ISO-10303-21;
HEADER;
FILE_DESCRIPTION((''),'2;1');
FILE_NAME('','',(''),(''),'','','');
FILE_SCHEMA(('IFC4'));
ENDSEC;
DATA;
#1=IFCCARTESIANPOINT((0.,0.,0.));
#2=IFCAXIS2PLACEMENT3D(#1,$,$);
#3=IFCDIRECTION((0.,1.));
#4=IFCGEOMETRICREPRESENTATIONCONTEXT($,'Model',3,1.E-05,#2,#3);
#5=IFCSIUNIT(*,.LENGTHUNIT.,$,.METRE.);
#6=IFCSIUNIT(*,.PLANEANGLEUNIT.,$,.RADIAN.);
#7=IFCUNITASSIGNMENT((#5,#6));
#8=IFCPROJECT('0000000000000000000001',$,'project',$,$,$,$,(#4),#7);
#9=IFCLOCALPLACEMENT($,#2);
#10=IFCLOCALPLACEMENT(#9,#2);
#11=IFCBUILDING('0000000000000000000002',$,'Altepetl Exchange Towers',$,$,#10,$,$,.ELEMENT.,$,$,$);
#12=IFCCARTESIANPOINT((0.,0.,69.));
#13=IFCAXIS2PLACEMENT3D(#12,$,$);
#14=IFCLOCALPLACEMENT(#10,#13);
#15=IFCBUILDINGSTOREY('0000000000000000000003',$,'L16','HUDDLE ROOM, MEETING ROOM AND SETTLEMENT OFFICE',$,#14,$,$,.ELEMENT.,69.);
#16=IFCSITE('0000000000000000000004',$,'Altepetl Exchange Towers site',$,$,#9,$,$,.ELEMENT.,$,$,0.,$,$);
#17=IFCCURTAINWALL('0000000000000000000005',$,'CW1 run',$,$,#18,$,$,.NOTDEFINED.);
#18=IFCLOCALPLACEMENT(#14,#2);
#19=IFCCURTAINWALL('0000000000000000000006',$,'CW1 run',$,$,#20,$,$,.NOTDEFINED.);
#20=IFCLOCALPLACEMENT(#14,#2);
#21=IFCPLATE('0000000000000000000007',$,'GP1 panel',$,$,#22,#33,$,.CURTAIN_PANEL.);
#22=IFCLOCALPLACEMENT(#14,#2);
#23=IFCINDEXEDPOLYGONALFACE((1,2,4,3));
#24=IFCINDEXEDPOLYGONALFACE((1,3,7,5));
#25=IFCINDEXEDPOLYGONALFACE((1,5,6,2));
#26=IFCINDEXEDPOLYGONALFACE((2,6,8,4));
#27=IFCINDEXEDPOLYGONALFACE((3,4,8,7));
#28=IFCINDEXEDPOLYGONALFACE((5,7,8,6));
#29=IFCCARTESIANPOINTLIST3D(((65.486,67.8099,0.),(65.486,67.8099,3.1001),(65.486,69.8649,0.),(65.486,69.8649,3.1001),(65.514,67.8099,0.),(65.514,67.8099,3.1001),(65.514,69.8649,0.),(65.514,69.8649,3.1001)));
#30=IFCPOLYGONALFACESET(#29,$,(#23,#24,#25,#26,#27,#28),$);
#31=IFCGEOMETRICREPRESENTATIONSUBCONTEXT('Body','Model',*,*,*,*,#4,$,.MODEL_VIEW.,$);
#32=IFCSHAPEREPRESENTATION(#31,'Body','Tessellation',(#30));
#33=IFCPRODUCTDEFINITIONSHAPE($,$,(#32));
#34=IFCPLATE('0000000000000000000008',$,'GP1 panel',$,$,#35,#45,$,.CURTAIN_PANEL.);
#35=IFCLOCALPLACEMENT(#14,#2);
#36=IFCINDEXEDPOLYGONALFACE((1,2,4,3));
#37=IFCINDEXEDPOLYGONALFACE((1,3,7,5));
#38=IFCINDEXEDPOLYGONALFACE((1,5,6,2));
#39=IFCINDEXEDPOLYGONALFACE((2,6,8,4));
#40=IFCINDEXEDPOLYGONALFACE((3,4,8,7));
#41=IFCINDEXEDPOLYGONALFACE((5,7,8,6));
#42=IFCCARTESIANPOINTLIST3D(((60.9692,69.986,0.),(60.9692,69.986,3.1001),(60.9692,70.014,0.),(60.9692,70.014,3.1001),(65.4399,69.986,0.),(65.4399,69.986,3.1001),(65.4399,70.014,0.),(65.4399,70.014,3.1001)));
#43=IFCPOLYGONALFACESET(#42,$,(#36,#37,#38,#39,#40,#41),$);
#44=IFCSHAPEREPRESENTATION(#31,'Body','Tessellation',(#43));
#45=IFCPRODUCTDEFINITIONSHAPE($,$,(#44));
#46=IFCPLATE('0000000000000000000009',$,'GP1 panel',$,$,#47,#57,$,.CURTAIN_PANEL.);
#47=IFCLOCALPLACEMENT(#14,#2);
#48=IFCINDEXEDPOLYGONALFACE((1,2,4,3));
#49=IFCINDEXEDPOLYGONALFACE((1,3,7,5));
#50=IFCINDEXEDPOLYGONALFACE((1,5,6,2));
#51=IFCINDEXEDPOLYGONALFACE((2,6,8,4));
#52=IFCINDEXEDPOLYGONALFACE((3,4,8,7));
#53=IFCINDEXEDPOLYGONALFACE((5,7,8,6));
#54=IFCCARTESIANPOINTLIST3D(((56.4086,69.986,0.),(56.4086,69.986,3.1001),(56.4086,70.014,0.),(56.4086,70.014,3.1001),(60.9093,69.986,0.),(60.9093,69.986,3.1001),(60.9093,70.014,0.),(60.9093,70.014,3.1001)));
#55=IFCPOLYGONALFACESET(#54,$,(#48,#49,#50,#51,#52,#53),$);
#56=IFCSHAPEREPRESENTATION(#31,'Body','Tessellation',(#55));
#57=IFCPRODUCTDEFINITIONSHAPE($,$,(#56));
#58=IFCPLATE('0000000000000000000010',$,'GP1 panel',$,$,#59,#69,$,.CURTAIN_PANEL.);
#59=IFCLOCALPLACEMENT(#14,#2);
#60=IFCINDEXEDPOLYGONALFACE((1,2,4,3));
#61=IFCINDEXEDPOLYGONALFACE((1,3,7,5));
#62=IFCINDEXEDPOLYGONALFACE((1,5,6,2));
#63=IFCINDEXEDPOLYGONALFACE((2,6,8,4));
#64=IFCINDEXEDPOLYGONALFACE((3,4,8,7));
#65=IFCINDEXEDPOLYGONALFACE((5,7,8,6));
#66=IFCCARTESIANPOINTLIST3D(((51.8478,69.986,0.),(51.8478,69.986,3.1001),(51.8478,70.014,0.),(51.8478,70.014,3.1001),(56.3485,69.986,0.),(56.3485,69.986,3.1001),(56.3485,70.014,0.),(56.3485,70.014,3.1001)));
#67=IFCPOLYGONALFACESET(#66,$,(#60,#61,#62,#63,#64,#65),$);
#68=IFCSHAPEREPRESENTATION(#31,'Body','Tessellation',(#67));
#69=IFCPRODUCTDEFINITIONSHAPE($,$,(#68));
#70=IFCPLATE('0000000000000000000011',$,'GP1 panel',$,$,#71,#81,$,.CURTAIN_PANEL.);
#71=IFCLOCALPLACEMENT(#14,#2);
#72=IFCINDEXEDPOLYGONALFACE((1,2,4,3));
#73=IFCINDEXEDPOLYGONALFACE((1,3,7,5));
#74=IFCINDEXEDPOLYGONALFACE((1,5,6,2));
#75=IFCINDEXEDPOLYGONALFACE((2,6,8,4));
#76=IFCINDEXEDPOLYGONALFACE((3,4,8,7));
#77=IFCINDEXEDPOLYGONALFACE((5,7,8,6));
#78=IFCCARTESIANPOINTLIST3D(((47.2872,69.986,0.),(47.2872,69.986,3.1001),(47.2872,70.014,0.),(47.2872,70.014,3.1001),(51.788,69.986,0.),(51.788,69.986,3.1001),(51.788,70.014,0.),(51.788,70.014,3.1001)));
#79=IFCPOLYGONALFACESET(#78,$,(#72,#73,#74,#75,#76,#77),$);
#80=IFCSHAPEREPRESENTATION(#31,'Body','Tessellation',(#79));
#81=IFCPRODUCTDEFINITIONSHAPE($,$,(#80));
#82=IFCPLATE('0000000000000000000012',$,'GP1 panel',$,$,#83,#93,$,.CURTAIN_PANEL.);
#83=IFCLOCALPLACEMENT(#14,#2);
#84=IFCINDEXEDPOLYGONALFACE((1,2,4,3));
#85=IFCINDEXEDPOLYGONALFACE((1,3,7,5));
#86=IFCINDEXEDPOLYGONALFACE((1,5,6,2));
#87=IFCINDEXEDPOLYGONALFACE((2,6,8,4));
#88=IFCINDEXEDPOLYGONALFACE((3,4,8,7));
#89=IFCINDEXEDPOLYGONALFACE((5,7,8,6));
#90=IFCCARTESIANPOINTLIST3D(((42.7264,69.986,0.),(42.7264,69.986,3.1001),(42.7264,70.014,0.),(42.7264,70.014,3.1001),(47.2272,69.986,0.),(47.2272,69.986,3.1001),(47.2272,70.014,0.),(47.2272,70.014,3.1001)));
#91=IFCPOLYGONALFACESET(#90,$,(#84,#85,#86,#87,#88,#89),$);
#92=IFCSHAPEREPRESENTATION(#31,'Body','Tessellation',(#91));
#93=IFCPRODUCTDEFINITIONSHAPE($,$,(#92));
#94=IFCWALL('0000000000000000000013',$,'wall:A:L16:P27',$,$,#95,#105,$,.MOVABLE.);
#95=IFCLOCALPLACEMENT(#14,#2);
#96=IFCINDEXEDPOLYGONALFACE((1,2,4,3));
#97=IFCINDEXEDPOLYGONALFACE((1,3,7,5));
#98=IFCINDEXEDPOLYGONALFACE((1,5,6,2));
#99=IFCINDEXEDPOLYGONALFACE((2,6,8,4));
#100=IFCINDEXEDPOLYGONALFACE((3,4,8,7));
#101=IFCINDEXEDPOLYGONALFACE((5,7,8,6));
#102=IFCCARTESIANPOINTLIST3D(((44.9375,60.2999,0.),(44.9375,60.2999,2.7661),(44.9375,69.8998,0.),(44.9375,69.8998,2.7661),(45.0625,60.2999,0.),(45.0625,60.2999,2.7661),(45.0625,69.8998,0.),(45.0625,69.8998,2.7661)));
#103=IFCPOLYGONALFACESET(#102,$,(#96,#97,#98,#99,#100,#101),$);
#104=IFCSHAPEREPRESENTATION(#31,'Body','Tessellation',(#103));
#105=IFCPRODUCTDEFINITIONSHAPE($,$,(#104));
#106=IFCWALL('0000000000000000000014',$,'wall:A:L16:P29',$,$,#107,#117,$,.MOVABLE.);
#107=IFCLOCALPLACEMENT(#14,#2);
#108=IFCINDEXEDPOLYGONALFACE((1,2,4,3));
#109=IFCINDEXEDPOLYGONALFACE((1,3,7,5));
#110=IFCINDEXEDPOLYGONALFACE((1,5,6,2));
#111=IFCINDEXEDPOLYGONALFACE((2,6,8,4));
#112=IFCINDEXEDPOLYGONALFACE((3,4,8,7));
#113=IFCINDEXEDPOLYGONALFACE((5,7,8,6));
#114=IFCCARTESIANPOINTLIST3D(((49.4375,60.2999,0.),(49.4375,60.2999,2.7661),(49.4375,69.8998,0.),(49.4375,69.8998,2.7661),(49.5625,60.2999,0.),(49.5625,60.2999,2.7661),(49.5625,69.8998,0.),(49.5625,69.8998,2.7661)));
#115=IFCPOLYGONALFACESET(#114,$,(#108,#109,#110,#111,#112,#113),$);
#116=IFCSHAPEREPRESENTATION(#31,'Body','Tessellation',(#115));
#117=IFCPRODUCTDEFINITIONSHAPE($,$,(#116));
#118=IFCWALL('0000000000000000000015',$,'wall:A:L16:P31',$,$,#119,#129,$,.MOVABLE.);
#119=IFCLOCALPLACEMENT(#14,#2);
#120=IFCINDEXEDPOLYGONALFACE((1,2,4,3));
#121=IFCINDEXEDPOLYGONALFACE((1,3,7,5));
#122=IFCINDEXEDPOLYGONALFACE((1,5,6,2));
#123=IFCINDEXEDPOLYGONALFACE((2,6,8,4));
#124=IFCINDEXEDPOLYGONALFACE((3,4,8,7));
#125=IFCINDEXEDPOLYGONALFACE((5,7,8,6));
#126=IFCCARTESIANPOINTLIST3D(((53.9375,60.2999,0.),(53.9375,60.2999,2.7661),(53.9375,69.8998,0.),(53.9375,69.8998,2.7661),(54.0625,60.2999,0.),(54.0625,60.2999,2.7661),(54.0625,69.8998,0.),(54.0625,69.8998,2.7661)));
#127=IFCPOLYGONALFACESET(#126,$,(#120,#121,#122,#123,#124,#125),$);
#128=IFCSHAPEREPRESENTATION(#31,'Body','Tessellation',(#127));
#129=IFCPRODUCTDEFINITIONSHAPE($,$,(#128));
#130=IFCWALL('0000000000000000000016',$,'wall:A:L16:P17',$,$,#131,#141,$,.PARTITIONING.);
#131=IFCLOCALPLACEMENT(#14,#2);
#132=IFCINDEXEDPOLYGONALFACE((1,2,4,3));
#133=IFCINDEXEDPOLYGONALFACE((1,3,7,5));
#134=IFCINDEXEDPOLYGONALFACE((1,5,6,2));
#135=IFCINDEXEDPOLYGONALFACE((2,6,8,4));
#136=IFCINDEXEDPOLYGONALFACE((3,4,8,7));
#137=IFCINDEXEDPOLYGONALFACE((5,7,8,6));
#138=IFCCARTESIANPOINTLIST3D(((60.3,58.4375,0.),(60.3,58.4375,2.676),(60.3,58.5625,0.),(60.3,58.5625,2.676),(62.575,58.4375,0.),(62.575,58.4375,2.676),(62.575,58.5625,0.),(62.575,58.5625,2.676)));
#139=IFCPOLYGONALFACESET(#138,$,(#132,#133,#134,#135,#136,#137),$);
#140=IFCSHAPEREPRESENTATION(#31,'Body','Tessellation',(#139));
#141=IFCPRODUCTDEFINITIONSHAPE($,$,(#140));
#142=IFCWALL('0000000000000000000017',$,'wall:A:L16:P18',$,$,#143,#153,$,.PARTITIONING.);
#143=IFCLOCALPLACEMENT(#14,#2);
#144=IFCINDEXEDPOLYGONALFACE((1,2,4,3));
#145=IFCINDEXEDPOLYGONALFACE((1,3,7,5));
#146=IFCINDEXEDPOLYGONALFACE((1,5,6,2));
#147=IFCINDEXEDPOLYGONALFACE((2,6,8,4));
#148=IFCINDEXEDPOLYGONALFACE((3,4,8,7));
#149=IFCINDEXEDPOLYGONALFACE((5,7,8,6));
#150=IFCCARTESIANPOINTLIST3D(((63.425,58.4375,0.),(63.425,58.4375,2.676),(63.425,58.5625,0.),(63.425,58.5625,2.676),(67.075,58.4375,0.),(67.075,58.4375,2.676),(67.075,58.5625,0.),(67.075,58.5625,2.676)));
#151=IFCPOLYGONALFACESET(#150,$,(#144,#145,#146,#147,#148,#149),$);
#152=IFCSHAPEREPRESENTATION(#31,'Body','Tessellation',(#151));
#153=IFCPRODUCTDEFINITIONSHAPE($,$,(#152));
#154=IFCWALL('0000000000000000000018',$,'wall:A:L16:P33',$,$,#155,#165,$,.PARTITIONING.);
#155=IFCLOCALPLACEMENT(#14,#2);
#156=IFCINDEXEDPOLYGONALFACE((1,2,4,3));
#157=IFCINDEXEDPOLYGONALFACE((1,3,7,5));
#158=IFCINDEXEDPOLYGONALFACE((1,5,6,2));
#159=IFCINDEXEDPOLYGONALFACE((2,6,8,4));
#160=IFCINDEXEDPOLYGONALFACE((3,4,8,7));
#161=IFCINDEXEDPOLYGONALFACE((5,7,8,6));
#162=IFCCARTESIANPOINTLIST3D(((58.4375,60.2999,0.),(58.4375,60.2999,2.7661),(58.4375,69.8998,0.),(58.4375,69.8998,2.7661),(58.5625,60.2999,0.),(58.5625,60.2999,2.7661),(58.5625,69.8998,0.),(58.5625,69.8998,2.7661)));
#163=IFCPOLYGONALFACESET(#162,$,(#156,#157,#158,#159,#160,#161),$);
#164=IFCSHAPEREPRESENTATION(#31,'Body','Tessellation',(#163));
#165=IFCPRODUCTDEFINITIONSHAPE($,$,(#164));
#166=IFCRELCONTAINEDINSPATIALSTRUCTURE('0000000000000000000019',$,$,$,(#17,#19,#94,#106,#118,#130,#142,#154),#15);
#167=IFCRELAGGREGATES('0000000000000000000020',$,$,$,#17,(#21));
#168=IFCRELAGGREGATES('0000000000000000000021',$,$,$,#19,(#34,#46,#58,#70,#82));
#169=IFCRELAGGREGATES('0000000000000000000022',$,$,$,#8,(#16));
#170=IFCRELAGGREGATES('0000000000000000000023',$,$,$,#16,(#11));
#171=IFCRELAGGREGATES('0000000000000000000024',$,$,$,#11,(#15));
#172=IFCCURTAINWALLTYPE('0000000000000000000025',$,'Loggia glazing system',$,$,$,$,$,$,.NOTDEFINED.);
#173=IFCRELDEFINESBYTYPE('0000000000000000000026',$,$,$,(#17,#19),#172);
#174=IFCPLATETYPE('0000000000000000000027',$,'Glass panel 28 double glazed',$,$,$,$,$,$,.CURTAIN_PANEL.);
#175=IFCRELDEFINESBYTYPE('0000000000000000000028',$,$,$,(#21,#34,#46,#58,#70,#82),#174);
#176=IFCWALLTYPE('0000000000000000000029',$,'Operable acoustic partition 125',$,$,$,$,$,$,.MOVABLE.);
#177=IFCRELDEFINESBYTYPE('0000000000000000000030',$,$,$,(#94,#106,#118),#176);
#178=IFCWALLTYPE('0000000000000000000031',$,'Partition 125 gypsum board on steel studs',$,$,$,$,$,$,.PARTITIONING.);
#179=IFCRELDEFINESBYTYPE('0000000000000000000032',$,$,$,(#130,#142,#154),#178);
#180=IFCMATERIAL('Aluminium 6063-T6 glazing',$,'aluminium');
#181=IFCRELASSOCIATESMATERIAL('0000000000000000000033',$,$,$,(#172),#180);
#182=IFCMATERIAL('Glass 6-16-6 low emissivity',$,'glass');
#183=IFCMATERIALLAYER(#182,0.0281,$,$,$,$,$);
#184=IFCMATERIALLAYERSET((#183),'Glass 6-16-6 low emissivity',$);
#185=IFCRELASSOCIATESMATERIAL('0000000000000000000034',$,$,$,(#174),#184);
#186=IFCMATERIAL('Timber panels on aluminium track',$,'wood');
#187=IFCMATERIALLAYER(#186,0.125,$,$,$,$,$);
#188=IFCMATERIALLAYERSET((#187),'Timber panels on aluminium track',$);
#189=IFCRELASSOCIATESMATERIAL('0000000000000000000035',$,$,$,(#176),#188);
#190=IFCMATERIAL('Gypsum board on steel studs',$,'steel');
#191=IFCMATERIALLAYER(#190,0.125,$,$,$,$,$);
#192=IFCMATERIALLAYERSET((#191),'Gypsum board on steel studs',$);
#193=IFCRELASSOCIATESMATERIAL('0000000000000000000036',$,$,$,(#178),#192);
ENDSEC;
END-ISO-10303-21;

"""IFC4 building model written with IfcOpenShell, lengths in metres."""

from ifc_helpers import new_model, si_unit, direction, frame, frame_2d, origin, origin_2d, place, context, subcontext, project, spatial, rectangle, extrude, material, layer, layer_set, type_object, element, aggregate, save


model = new_model("IFC4")

# Units and contexts
model_context = context("Model", 3, precision=1e-05, world=origin(), true_north=direction((0.0, 1.0)))
body_context = subcontext(model_context, "Body", "Model", "MODEL_VIEW")
ifc_project = project(units=[si_unit("LENGTHUNIT", "METRE"), si_unit("PLANEANGLEUNIT", "RADIAN")], contexts=[model_context])

# Site, building, storey
site_placement = place(None, origin())
site = spatial("IfcSite", under=ifc_project, at=site_placement, Name="Altepetl Exchange Towers site", CompositionType="ELEMENT", RefElevation=0.0)
building_placement = place(site_placement, origin())
building = spatial("IfcBuilding", under=site, at=building_placement, Name="Altepetl Exchange Towers", CompositionType="ELEMENT")
storey_placement = place(building_placement, frame((0.0, 0.0, 69.0)))
storey = spatial("IfcBuildingStorey", under=building, at=storey_placement, Name="L16", Description="HUDDLE ROOM, MEETING ROOM AND SETTLEMENT OFFICE", CompositionType="ELEMENT", Elevation=69.0)

# Shared definitions
ifc_material_1 = material(Name="Aluminium 6063-T6 glazing", Category="aluminium")
curtain_wall_type = type_object("IfcCurtainWallType", Name="Loggia glazing system", PredefinedType="NOTDEFINED", material=ifc_material_1)

# Curtain walls
curtain_wall_1_placement = place(storey_placement, origin())
curtain_wall_1 = element("IfcCurtainWall", 1, at=curtain_wall_1_placement, inside=storey, type_object=curtain_wall_type, Name="CW1 run", PredefinedType="NOTDEFINED")
curtain_wall_2_placement = place(storey_placement, origin())
curtain_wall_2 = element("IfcCurtainWall", 2, at=curtain_wall_2_placement, inside=storey, type_object=curtain_wall_type, Name="CW1 run", PredefinedType="NOTDEFINED")

# Plates
ifc_material_2 = material(Name="Glass 6-16-6 low emissivity", Category="glass")
ifc_layer_1 = layer(ifc_material_2, 0.0281)
ifc_layer_set_1 = layer_set([ifc_layer_1], Name="Glass 6-16-6 low emissivity")
plate_type = type_object("IfcPlateType", Name="Glass panel 28 double glazed", PredefinedType="CURTAIN_PANEL", material=ifc_layer_set_1)
plate_1_placement = place(storey_placement, frame((65.5, 68.8374, 0.0), z_axis=(0.0, 0.0, 1.0), x_axis=(0.0, 1.0, 0.0)))
plate_1 = element("IfcPlate", 3, at=plate_1_placement, type_object=plate_type, Name="GP1 panel", PredefinedType="CURTAIN_PANEL", context=body_context, shape_type="SweptSolid", body=[
    extrude(rectangle(XDim=2.0549, YDim=0.0281, at=origin_2d()), origin(), (0.0, 0.0, 1.0), 3.1001),
])
aggregate(curtain_wall_1, [plate_1])
plate_2_placement = place(storey_placement, frame((63.2046, 70.0, 0.0), z_axis=(0.0, 0.0, 1.0), x_axis=(-1.0, 0.0, 0.0)))
plate_2 = element("IfcPlate", 4, at=plate_2_placement, type_object=plate_type, Name="GP1 panel", PredefinedType="CURTAIN_PANEL", context=body_context, shape_type="SweptSolid", body=[
    extrude(rectangle(XDim=4.4707, YDim=0.0281, at=origin_2d()), origin(), (0.0, 0.0, 1.0), 3.1001),
])
plate_3_placement = place(storey_placement, frame((58.6589, 70.0, 0.0), z_axis=(0.0, 0.0, 1.0), x_axis=(-1.0, 0.0, 0.0)))
plate_3 = element("IfcPlate", 5, at=plate_3_placement, type_object=plate_type, Name="GP1 panel", PredefinedType="CURTAIN_PANEL", context=body_context, shape_type="SweptSolid", body=[
    extrude(rectangle(XDim=4.5007, YDim=0.0281, at=origin_2d()), origin(), (0.0, 0.0, 1.0), 3.1001),
])
plate_4_placement = place(storey_placement, frame((54.0981, 70.0, 0.0), z_axis=(0.0, 0.0, 1.0), x_axis=(-1.0, 0.0, 0.0)))
plate_4 = element("IfcPlate", 6, at=plate_4_placement, type_object=plate_type, Name="GP1 panel", PredefinedType="CURTAIN_PANEL", context=body_context, shape_type="SweptSolid", body=[
    extrude(rectangle(XDim=4.5007, YDim=0.0281, at=origin_2d()), origin(), (0.0, 0.0, 1.0), 3.1001),
])
plate_5_placement = place(storey_placement, frame((49.5376, 70.0, 0.0), z_axis=(0.0, 0.0, 1.0), x_axis=(-1.0, 0.0, 0.0)))
plate_5 = element("IfcPlate", 7, at=plate_5_placement, type_object=plate_type, Name="GP1 panel", PredefinedType="CURTAIN_PANEL", context=body_context, shape_type="SweptSolid", body=[
    extrude(rectangle(XDim=4.5007, YDim=0.0281, at=origin_2d()), origin(), (0.0, 0.0, 1.0), 3.1001),
])
plate_6_placement = place(storey_placement, frame((44.9768, 70.0, 0.0), z_axis=(0.0, 0.0, 1.0), x_axis=(-1.0, 0.0, 0.0)))
plate_6 = element("IfcPlate", 8, at=plate_6_placement, type_object=plate_type, Name="GP1 panel", PredefinedType="CURTAIN_PANEL", context=body_context, shape_type="SweptSolid", body=[
    extrude(rectangle(XDim=4.5007, YDim=0.0281, at=origin_2d()), origin(), (0.0, 0.0, 1.0), 3.1001),
])
aggregate(curtain_wall_2, [plate_2, plate_3, plate_4, plate_5, plate_6])

# Walls
ifc_material_3 = material(Name="Timber panels on aluminium track", Category="wood")
ifc_layer_2 = layer(ifc_material_3, 0.125)
ifc_layer_set_2 = layer_set([ifc_layer_2], Name="Timber panels on aluminium track")
wall_type_1 = type_object("IfcWallType", Name="Operable acoustic partition 125", PredefinedType="MOVABLE", material=ifc_layer_set_2)
for number, where, z_axis, x_axis, name in (
    (9, (45.0, 60.3, 0.0), (0.0, 0.0, 1.0), (0.0, 1.0, 0.0), "wall:A:L16:P27"),
    (10, (49.5, 60.3, 0.0), (0.0, 0.0, 1.0), (0.0, 1.0, 0.0), "wall:A:L16:P29"),
    (11, (54.0, 60.3, 0.0), (0.0, 0.0, 1.0), (0.0, 1.0, 0.0), "wall:A:L16:P31"),
):
    element("IfcWall", number, at=place(storey_placement, frame(where, z_axis=z_axis, x_axis=x_axis)), inside=storey, type_object=wall_type_1, Name=name, PredefinedType="MOVABLE", context=body_context, shape_type="SweptSolid", body=[
        extrude(rectangle(XDim=9.5999, YDim=0.125, at=frame_2d((4.7998, 0.0))), origin(), (0.0, 0.0, 1.0), 2.7661),
    ])
ifc_material_4 = material(Name="Gypsum board on steel studs", Category="steel")
ifc_layer_3 = layer(ifc_material_4, 0.125)
ifc_layer_set_3 = layer_set([ifc_layer_3], Name="Gypsum board on steel studs")
wall_type_2 = type_object("IfcWallType", Name="Partition 125 gypsum board on steel studs", PredefinedType="PARTITIONING", material=ifc_layer_set_3)
wall_1_placement = place(storey_placement, frame((60.3, 58.5, 0.0)))
element("IfcWall", 12, at=wall_1_placement, inside=storey, type_object=wall_type_2, Name="wall:A:L16:P17", PredefinedType="PARTITIONING", context=body_context, shape_type="SweptSolid", body=[
    extrude(rectangle(XDim=2.2749, YDim=0.125, at=frame_2d((1.1375, 0.0))), origin(), (0.0, 0.0, 1.0), 2.676),
])
wall_2_placement = place(storey_placement, frame((63.425, 58.5, 0.0)))
element("IfcWall", 13, at=wall_2_placement, inside=storey, type_object=wall_type_2, Name="wall:A:L16:P18", PredefinedType="PARTITIONING", context=body_context, shape_type="SweptSolid", body=[
    extrude(rectangle(XDim=3.6499, YDim=0.125, at=frame_2d((1.825, 0.0))), origin(), (0.0, 0.0, 1.0), 2.676),
])
wall_3_placement = place(storey_placement, frame((58.5, 60.3, 0.0), z_axis=(0.0, 0.0, 1.0), x_axis=(0.0, 1.0, 0.0)))
element("IfcWall", 14, at=wall_3_placement, inside=storey, type_object=wall_type_2, Name="wall:A:L16:P33", PredefinedType="PARTITIONING", context=body_context, shape_type="SweptSolid", body=[
    extrude(rectangle(XDim=9.5999, YDim=0.125, at=frame_2d((4.7998, 0.0))), origin(), (0.0, 0.0, 1.0), 2.7661),
])

save(model, "model.ifc")
